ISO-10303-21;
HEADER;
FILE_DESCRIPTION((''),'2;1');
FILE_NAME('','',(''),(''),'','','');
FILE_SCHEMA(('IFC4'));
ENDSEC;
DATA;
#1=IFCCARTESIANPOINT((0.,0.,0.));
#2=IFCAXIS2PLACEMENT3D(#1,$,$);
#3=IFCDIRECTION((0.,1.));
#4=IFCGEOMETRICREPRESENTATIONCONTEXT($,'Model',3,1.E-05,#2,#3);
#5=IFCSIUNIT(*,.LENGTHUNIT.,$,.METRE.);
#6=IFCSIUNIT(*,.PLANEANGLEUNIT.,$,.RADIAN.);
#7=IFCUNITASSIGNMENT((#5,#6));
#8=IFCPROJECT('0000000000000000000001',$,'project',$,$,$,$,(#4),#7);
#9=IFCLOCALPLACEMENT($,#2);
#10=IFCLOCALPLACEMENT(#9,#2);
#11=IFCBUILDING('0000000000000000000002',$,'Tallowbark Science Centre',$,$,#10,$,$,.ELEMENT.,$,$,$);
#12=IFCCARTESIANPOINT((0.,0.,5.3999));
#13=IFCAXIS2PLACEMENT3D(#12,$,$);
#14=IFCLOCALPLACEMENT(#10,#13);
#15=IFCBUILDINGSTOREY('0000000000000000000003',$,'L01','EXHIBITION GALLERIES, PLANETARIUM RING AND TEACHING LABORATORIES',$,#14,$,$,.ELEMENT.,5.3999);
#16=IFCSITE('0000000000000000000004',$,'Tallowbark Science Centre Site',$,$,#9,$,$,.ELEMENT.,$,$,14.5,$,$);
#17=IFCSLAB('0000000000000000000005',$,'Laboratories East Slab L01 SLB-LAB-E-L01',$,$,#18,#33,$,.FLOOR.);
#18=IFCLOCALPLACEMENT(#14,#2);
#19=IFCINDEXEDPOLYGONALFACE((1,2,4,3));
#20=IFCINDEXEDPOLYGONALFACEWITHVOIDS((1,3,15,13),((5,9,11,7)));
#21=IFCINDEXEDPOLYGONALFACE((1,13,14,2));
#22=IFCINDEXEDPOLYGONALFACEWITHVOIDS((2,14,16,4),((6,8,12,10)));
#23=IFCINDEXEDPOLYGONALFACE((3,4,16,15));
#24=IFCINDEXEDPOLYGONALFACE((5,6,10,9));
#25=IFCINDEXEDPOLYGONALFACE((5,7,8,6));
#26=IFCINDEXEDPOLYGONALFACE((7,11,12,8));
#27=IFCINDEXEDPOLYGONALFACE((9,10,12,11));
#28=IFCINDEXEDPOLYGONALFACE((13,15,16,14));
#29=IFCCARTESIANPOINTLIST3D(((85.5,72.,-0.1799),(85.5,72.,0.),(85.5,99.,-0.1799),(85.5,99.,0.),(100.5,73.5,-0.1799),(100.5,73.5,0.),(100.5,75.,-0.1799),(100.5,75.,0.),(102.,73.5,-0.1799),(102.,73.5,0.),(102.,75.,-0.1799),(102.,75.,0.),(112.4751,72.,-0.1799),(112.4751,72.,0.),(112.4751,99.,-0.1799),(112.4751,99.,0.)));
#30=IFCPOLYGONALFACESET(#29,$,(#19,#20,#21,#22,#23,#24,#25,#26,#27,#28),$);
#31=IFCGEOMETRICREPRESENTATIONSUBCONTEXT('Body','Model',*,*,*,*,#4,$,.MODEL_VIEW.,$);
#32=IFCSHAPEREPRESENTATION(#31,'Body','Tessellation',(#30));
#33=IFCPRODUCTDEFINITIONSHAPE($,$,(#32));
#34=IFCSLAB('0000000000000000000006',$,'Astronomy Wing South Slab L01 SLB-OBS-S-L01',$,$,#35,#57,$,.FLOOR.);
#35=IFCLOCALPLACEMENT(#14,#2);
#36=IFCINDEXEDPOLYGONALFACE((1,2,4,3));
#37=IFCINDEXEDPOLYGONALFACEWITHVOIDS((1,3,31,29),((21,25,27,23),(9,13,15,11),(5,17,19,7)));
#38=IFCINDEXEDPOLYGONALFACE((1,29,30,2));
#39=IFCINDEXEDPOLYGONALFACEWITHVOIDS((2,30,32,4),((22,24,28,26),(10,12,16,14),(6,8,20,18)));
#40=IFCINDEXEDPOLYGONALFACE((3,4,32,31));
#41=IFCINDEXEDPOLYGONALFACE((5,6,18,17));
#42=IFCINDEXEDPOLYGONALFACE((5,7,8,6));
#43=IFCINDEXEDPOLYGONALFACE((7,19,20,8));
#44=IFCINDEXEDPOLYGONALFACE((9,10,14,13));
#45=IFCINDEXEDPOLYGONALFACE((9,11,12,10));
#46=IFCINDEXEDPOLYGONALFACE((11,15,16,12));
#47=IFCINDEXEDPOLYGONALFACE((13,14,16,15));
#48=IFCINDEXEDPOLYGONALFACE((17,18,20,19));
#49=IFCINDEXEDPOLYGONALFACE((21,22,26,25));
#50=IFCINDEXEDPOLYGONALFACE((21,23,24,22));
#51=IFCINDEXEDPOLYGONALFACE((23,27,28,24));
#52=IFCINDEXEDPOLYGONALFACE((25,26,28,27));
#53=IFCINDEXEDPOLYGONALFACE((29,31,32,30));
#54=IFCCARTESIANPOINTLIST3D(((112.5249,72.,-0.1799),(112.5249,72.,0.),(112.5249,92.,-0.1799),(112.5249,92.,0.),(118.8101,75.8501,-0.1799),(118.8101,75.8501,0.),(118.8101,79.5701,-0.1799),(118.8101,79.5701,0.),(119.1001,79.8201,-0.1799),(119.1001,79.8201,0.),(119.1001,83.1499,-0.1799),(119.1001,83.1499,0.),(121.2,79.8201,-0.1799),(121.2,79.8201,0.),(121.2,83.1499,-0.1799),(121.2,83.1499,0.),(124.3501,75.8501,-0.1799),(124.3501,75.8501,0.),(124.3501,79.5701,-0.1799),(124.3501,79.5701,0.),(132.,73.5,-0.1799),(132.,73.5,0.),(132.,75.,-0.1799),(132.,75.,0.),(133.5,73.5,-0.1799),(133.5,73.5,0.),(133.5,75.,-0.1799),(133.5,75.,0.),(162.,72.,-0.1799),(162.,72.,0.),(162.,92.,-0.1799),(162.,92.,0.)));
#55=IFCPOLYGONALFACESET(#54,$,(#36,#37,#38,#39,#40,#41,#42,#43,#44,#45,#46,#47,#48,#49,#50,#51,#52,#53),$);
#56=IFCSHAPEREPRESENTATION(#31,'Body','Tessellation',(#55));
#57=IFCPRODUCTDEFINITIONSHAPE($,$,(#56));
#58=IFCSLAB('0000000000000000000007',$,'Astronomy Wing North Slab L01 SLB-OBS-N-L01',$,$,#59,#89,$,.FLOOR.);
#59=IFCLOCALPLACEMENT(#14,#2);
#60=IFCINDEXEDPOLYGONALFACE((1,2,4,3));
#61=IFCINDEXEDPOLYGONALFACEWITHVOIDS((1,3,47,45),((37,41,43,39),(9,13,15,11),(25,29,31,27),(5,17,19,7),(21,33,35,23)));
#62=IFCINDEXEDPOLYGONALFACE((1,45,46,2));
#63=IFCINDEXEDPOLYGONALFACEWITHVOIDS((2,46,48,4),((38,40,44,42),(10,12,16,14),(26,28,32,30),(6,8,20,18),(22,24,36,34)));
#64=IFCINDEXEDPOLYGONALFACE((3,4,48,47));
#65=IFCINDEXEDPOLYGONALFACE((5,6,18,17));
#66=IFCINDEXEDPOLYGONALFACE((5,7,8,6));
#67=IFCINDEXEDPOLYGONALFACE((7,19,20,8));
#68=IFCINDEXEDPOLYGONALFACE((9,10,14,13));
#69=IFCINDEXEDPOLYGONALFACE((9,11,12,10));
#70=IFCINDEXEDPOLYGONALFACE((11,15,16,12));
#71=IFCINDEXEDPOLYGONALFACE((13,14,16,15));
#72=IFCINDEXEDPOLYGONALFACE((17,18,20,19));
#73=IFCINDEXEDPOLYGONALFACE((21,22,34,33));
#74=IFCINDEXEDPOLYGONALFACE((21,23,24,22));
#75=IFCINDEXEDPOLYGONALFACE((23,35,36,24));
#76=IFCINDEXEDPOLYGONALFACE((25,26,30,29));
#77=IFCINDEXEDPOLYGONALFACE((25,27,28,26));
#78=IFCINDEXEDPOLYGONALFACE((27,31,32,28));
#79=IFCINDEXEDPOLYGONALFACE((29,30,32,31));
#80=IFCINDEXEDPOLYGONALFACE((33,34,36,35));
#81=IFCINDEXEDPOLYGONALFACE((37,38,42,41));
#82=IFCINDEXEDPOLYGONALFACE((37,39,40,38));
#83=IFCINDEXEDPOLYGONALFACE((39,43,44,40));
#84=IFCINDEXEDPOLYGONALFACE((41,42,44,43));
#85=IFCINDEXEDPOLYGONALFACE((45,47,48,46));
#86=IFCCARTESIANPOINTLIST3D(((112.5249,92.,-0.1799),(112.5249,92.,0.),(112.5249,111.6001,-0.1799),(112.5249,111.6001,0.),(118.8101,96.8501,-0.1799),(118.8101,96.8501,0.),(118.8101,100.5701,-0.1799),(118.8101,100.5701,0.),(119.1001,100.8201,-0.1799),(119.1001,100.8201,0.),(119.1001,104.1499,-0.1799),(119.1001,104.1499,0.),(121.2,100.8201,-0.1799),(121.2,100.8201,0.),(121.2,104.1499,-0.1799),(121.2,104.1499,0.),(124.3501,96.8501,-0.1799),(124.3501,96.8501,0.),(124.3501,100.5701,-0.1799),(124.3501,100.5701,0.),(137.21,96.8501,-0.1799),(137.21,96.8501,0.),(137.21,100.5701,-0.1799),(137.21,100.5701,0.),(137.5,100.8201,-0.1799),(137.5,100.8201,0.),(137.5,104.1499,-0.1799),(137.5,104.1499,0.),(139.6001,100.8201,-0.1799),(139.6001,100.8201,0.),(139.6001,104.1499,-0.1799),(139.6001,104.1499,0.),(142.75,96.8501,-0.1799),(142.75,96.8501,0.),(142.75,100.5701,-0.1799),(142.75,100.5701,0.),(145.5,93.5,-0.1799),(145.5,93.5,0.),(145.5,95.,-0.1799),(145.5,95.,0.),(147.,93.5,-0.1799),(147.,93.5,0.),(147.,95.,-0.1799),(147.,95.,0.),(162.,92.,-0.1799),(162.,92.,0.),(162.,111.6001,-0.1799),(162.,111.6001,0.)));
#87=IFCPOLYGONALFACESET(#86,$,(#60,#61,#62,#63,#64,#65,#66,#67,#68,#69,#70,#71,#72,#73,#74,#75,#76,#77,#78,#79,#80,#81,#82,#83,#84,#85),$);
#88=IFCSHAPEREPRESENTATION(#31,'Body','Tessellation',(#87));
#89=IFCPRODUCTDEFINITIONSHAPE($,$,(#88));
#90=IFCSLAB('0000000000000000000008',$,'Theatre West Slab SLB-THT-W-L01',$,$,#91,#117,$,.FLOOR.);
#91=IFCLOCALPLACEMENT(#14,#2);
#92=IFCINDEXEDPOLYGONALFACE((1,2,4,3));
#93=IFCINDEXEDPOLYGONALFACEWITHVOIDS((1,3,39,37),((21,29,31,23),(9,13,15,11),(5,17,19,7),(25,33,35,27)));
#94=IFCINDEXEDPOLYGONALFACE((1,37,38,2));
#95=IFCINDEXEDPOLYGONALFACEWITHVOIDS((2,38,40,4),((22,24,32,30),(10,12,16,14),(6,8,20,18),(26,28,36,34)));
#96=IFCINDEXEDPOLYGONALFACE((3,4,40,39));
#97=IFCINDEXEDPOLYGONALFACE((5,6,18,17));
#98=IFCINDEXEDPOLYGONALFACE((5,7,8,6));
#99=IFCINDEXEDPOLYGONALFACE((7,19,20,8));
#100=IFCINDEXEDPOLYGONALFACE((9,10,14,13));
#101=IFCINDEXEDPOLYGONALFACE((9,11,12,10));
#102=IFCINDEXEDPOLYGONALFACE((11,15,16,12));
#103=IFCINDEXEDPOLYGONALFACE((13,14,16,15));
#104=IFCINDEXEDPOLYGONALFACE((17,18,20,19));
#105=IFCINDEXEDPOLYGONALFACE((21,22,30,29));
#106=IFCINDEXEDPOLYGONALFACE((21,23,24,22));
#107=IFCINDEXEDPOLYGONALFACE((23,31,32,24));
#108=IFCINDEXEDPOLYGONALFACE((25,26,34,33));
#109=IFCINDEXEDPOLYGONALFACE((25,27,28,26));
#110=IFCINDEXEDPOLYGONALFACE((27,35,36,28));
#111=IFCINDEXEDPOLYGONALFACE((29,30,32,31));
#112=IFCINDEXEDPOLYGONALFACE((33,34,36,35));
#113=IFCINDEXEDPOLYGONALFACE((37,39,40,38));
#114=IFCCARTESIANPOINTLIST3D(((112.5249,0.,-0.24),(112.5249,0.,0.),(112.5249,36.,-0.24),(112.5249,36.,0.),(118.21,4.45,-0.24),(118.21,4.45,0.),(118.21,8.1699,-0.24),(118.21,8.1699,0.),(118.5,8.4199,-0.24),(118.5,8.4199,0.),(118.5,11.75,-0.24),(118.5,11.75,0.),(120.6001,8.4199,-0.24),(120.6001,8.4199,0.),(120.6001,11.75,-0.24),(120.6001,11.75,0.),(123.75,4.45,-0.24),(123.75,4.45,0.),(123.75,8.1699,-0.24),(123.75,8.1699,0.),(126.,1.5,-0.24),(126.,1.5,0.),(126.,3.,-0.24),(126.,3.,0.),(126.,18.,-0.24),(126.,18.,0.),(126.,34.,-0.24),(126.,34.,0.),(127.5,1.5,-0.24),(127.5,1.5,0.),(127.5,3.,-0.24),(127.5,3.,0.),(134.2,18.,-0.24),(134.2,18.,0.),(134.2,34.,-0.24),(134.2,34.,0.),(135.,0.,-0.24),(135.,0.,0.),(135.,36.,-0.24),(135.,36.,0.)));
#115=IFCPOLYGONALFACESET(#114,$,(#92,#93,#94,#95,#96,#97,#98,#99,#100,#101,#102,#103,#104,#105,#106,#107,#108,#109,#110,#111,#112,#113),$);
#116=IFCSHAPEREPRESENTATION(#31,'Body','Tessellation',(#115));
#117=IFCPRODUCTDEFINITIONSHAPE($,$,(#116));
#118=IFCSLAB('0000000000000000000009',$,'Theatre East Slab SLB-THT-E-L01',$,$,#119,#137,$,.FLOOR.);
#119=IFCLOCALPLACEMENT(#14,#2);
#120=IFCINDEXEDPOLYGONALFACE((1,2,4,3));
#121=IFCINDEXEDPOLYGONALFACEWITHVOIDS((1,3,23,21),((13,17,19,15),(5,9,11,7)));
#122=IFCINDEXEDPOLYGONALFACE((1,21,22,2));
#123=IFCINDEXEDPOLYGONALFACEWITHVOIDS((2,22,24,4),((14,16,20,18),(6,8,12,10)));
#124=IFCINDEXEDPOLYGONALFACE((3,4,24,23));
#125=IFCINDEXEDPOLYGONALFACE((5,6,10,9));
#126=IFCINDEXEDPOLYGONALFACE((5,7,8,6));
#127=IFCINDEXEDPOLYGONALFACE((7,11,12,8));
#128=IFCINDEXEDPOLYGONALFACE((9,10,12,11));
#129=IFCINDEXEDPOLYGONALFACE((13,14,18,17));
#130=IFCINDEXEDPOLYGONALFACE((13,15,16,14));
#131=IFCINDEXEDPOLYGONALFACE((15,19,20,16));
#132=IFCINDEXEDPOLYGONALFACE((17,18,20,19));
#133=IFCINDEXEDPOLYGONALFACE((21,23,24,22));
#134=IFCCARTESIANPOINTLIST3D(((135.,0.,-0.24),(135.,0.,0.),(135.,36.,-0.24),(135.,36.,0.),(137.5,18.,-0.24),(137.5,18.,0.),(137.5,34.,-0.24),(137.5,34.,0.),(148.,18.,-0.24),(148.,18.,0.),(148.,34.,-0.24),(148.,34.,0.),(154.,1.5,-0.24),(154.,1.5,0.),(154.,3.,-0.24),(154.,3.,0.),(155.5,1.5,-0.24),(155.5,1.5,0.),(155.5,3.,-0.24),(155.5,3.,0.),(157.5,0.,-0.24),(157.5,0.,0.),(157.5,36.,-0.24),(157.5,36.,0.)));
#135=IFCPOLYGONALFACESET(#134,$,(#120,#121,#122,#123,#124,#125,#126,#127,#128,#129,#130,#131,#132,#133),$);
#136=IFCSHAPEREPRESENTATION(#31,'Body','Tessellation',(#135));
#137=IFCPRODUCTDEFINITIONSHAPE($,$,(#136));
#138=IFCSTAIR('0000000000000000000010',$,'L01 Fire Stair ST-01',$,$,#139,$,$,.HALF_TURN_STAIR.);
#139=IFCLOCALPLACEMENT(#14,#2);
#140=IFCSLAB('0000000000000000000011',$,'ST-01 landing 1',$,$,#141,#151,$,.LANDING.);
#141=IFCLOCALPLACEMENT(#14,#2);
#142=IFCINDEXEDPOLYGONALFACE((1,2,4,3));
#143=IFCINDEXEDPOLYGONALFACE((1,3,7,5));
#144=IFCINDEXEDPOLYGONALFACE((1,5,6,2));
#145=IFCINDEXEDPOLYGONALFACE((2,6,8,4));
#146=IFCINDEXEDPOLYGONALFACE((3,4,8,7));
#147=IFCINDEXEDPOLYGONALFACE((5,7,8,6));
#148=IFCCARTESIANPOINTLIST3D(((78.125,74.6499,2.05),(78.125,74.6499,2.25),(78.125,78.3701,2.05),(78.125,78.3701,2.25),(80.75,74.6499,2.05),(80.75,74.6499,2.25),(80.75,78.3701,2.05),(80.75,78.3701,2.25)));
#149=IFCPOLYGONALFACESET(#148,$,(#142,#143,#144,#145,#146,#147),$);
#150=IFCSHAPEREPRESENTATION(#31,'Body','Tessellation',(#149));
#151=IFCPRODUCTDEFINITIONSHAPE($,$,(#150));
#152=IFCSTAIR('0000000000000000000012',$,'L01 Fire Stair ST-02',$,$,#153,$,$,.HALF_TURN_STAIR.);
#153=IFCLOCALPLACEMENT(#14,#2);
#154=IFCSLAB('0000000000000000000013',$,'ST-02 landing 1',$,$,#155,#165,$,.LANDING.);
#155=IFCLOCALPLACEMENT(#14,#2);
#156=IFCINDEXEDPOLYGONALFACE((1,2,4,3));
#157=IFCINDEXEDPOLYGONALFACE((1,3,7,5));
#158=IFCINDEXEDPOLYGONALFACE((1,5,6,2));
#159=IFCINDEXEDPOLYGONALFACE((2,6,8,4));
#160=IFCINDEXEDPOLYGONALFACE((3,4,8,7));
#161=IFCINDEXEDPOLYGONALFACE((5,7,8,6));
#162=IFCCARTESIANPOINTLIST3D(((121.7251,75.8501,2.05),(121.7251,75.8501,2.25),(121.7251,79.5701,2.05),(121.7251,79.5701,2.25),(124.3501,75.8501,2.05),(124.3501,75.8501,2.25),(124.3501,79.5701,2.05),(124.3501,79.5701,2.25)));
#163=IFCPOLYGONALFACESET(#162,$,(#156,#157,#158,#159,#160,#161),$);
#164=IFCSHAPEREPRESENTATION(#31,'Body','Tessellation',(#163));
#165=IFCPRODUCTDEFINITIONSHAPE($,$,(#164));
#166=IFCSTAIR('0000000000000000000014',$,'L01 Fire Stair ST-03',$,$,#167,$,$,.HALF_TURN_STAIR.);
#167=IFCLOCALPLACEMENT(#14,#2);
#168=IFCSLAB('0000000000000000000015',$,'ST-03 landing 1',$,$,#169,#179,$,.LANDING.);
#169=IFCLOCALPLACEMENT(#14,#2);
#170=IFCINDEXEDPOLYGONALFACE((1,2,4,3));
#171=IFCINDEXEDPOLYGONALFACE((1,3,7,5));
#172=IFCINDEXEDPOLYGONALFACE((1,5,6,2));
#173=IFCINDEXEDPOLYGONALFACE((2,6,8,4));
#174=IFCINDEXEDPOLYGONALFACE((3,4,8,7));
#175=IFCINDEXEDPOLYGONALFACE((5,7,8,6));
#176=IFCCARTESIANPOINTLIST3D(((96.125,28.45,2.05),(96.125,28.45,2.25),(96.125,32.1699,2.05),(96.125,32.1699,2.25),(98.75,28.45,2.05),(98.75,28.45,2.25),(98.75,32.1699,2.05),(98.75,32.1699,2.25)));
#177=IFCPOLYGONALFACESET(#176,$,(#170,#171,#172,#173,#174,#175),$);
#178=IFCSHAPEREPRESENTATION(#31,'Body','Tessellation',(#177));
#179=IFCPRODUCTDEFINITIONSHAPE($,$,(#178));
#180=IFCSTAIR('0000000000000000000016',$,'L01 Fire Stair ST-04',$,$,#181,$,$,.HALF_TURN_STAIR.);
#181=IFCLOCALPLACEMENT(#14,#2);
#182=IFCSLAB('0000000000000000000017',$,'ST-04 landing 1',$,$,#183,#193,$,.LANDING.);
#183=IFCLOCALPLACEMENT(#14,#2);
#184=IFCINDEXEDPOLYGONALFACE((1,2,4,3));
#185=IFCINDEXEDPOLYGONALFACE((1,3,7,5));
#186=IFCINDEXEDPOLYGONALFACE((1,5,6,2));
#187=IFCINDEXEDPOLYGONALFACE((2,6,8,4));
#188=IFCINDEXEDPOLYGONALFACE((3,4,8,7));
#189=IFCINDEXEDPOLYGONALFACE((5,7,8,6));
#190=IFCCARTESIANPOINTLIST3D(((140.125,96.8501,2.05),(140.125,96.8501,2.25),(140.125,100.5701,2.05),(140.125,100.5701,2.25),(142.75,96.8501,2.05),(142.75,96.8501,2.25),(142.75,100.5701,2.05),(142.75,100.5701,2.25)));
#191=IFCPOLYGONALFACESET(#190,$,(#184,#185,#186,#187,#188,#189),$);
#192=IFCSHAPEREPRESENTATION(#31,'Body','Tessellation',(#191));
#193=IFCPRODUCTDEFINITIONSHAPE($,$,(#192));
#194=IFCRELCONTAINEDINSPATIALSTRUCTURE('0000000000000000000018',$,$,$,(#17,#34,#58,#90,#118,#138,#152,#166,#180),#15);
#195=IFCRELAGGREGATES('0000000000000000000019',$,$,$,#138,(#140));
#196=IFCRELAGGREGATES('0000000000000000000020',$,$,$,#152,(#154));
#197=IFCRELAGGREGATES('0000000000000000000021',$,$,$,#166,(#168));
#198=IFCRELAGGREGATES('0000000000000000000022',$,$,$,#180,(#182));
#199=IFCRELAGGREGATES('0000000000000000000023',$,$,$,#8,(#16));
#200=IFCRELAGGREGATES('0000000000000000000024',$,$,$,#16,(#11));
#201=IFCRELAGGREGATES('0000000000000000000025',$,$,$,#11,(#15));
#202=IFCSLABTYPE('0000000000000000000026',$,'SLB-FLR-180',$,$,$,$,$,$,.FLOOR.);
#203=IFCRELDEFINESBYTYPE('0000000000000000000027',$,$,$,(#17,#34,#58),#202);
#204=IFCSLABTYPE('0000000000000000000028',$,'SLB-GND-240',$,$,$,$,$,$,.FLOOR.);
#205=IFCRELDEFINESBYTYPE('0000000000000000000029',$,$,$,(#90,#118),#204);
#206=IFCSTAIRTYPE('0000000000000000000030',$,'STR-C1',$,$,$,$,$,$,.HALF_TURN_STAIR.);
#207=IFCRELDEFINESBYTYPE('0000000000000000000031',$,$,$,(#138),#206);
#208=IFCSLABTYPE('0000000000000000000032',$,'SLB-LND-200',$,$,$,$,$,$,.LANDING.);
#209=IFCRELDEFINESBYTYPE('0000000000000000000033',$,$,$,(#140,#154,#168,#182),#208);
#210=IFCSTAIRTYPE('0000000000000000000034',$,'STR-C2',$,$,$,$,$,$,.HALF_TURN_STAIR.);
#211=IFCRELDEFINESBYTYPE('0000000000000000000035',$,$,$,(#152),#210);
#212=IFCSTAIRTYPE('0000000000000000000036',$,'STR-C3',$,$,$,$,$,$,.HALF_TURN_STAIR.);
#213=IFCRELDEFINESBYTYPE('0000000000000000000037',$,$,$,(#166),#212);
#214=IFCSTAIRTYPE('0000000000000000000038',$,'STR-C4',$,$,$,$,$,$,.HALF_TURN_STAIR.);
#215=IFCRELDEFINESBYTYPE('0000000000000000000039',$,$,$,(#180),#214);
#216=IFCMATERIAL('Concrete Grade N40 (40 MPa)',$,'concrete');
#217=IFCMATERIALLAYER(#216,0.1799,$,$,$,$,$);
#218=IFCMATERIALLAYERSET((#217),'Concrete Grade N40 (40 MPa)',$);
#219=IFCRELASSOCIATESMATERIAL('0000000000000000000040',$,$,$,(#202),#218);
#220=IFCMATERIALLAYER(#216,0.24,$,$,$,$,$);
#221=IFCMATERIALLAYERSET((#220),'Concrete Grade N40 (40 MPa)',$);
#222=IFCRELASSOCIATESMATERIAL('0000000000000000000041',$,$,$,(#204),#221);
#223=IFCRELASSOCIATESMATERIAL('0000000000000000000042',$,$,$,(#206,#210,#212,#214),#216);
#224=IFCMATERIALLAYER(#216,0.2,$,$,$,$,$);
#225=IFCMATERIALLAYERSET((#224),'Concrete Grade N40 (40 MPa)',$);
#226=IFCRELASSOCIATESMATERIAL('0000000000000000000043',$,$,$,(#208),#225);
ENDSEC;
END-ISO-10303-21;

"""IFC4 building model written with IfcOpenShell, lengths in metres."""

from ifc_helpers import new_model, si_unit, direction, frame, origin, place, context, subcontext, project, spatial, polyline, outline, extrude, material, layer, layer_set, type_object, element, aggregate, save


model = new_model("IFC4")

# Units and contexts
model_context = context("Model", 3, precision=1e-05, world=origin(), true_north=direction((0.0, 1.0)))
body_context = subcontext(model_context, "Body", "Model", "MODEL_VIEW")
ifc_project = project(units=[si_unit("LENGTHUNIT", "METRE"), si_unit("PLANEANGLEUNIT", "RADIAN")], contexts=[model_context])

# Site, building, storey
site_placement = place(None, origin())
site = spatial("IfcSite", under=ifc_project, at=site_placement, Name="Tallowbark Science Centre Site", CompositionType="ELEMENT", RefElevation=14.5)
building_placement = place(site_placement, origin())
building = spatial("IfcBuilding", under=site, at=building_placement, Name="Tallowbark Science Centre", CompositionType="ELEMENT")
storey_placement = place(building_placement, frame((0.0, 0.0, 5.3999)))
storey = spatial("IfcBuildingStorey", under=building, at=storey_placement, Name="L01", Description="EXHIBITION GALLERIES, PLANETARIUM RING AND TEACHING LABORATORIES", CompositionType="ELEMENT", Elevation=5.3999)

# Slabs
ifc_material_1 = material(Name="Concrete Grade N40 (40 MPa)", Category="concrete")
ifc_layer_1 = layer(ifc_material_1, 0.1799)
ifc_layer_set_1 = layer_set([ifc_layer_1], Name="Concrete Grade N40 (40 MPa)")
slab_type_1 = type_object("IfcSlabType", Name="SLB-FLR-180", PredefinedType="FLOOR", material=ifc_layer_set_1)
slab_1_placement = place(storey_placement, frame((0.0, 0.0, -0.1799)))
element("IfcSlab", 1, at=slab_1_placement, inside=storey, type_object=slab_type_1, Name="Laboratories East Slab L01 SLB-LAB-E-L01", PredefinedType="FLOOR", context=body_context, shape_type="SweptSolid", body=[
    extrude(outline(polyline([(85.5, 72.0), (112.4751, 72.0), (112.4751, 99.0), (85.5, 99.0), (85.5, 72.0)]), holes=[polyline([(100.5, 73.5), (102.0, 73.5), (102.0, 75.0), (100.5, 75.0), (100.5, 73.5)])]), origin(), (0.0, 0.0, 1.0), 0.1799),
])
slab_2_placement = place(storey_placement, frame((0.0, 0.0, -0.1799)))
element("IfcSlab", 2, at=slab_2_placement, inside=storey, type_object=slab_type_1, Name="Astronomy Wing South Slab L01 SLB-OBS-S-L01", PredefinedType="FLOOR", context=body_context, shape_type="SweptSolid", body=[
    extrude(outline(polyline([(112.5249, 72.0), (162.0, 72.0), (162.0, 92.0), (112.5249, 92.0), (112.5249, 72.0)]), holes=[polyline([(118.8101, 75.8501), (124.3501, 75.8501), (124.3501, 79.5701), (118.8101, 79.5701), (118.8101, 75.8501)]), polyline([(119.1001, 79.8201), (121.2, 79.8201), (121.2, 83.1499), (119.1001, 83.1499), (119.1001, 79.8201)]), polyline([(132.0, 73.5), (133.5, 73.5), (133.5, 75.0), (132.0, 75.0), (132.0, 73.5)])]), origin(), (0.0, 0.0, 1.0), 0.1799),
])
slab_3_placement = place(storey_placement, frame((0.0, 0.0, -0.1799)))
element("IfcSlab", 3, at=slab_3_placement, inside=storey, type_object=slab_type_1, Name="Astronomy Wing North Slab L01 SLB-OBS-N-L01", PredefinedType="FLOOR", context=body_context, shape_type="SweptSolid", body=[
    extrude(outline(polyline([(112.5249, 92.0), (162.0, 92.0), (162.0, 111.6001), (112.5249, 111.6001), (112.5249, 92.0)]), holes=[polyline([(137.21, 96.8501), (142.75, 96.8501), (142.75, 100.5701), (137.21, 100.5701), (137.21, 96.8501)]), polyline([(118.8101, 96.8501), (124.3501, 96.8501), (124.3501, 100.5701), (118.8101, 100.5701), (118.8101, 96.8501)]), polyline([(137.5, 100.8201), (139.6001, 100.8201), (139.6001, 104.1499), (137.5, 104.1499), (137.5, 100.8201)]), polyline([(119.1001, 100.8201), (121.2, 100.8201), (121.2, 104.1499), (119.1001, 104.1499), (119.1001, 100.8201)]), polyline([(145.5, 93.5), (147.0, 93.5), (147.0, 95.0), (145.5, 95.0), (145.5, 93.5)])]), origin(), (0.0, 0.0, 1.0), 0.1799),
])
ifc_layer_2 = layer(ifc_material_1, 0.24)
ifc_layer_set_2 = layer_set([ifc_layer_2], Name="Concrete Grade N40 (40 MPa)")
slab_type_2 = type_object("IfcSlabType", Name="SLB-GND-240", PredefinedType="FLOOR", material=ifc_layer_set_2)
slab_4_placement = place(storey_placement, frame((0.0, 0.0, -0.24)))
element("IfcSlab", 4, at=slab_4_placement, inside=storey, type_object=slab_type_2, Name="Theatre West Slab SLB-THT-W-L01", PredefinedType="FLOOR", context=body_context, shape_type="SweptSolid", body=[
    extrude(outline(polyline([(112.5249, 0.0), (135.0, 0.0), (135.0, 36.0), (112.5249, 36.0), (112.5249, 0.0)]), holes=[polyline([(118.21, 4.45), (123.75, 4.45), (123.75, 8.1699), (118.21, 8.1699), (118.21, 4.45)]), polyline([(118.5, 8.4199), (120.6001, 8.4199), (120.6001, 11.75), (118.5, 11.75), (118.5, 8.4199)]), polyline([(126.0, 1.5), (127.5, 1.5), (127.5, 3.0), (126.0, 3.0), (126.0, 1.5)]), polyline([(126.0, 18.0), (134.2, 18.0), (134.2, 34.0), (126.0, 34.0), (126.0, 18.0)])]), origin(), (0.0, 0.0, 1.0), 0.24),
])
slab_5_placement = place(storey_placement, frame((0.0, 0.0, -0.24)))
element("IfcSlab", 5, at=slab_5_placement, inside=storey, type_object=slab_type_2, Name="Theatre East Slab SLB-THT-E-L01", PredefinedType="FLOOR", context=body_context, shape_type="SweptSolid", body=[
    extrude(outline(polyline([(135.0, 0.0), (157.5, 0.0), (157.5, 36.0), (135.0, 36.0), (135.0, 0.0)]), holes=[polyline([(154.0, 1.5), (155.5, 1.5), (155.5, 3.0), (154.0, 3.0), (154.0, 1.5)]), polyline([(137.5, 18.0), (148.0, 18.0), (148.0, 34.0), (137.5, 34.0), (137.5, 18.0)])]), origin(), (0.0, 0.0, 1.0), 0.24),
])

# Stairs, slabs
stair_type_1 = type_object("IfcStairType", Name="STR-C1", PredefinedType="HALF_TURN_STAIR", material=ifc_material_1)
stair_1_placement = place(storey_placement, origin())
stair_1 = element("IfcStair", 6, at=stair_1_placement, inside=storey, type_object=stair_type_1, Name="L01 Fire Stair ST-01", PredefinedType="HALF_TURN_STAIR")
ifc_layer_3 = layer(ifc_material_1, 0.2)
ifc_layer_set_3 = layer_set([ifc_layer_3], Name="Concrete Grade N40 (40 MPa)")
slab_type_3 = type_object("IfcSlabType", Name="SLB-LND-200", PredefinedType="LANDING", material=ifc_layer_set_3)
slab_6_placement = place(storey_placement, frame((0.0, 0.0, 2.05)))
slab_6 = element("IfcSlab", 7, at=slab_6_placement, type_object=slab_type_3, Name="ST-01 landing 1", PredefinedType="LANDING", context=body_context, shape_type="SweptSolid", body=[
    extrude(outline(polyline([(78.125, 74.6499), (80.75, 74.6499), (80.75, 78.3701), (78.125, 78.3701), (78.125, 74.6499)])), origin(), (0.0, 0.0, 1.0), 0.2),
])
aggregate(stair_1, [slab_6])
stair_type_2 = type_object("IfcStairType", Name="STR-C2", PredefinedType="HALF_TURN_STAIR", material=ifc_material_1)
stair_2_placement = place(storey_placement, origin())
stair_2 = element("IfcStair", 8, at=stair_2_placement, inside=storey, type_object=stair_type_2, Name="L01 Fire Stair ST-02", PredefinedType="HALF_TURN_STAIR")
slab_7_placement = place(storey_placement, frame((0.0, 0.0, 2.05)))
slab_7 = element("IfcSlab", 9, at=slab_7_placement, type_object=slab_type_3, Name="ST-02 landing 1", PredefinedType="LANDING", context=body_context, shape_type="SweptSolid", body=[
    extrude(outline(polyline([(121.7251, 75.8501), (124.3501, 75.8501), (124.3501, 79.5701), (121.7251, 79.5701), (121.7251, 75.8501)])), origin(), (0.0, 0.0, 1.0), 0.2),
])
aggregate(stair_2, [slab_7])
stair_type_3 = type_object("IfcStairType", Name="STR-C3", PredefinedType="HALF_TURN_STAIR", material=ifc_material_1)
stair_3_placement = place(storey_placement, origin())
stair_3 = element("IfcStair", 10, at=stair_3_placement, inside=storey, type_object=stair_type_3, Name="L01 Fire Stair ST-03", PredefinedType="HALF_TURN_STAIR")
slab_8_placement = place(storey_placement, frame((0.0, 0.0, 2.05)))
slab_8 = element("IfcSlab", 11, at=slab_8_placement, type_object=slab_type_3, Name="ST-03 landing 1", PredefinedType="LANDING", context=body_context, shape_type="SweptSolid", body=[
    extrude(outline(polyline([(96.125, 28.45), (98.75, 28.45), (98.75, 32.1699), (96.125, 32.1699), (96.125, 28.45)])), origin(), (0.0, 0.0, 1.0), 0.2),
])
aggregate(stair_3, [slab_8])
stair_type_4 = type_object("IfcStairType", Name="STR-C4", PredefinedType="HALF_TURN_STAIR", material=ifc_material_1)
stair_4_placement = place(storey_placement, origin())
stair_4 = element("IfcStair", 12, at=stair_4_placement, inside=storey, type_object=stair_type_4, Name="L01 Fire Stair ST-04", PredefinedType="HALF_TURN_STAIR")
slab_9_placement = place(storey_placement, frame((0.0, 0.0, 2.05)))
slab_9 = element("IfcSlab", 13, at=slab_9_placement, type_object=slab_type_3, Name="ST-04 landing 1", PredefinedType="LANDING", context=body_context, shape_type="SweptSolid", body=[
    extrude(outline(polyline([(140.125, 96.8501), (142.75, 96.8501), (142.75, 100.5701), (140.125, 100.5701), (140.125, 96.8501)])), origin(), (0.0, 0.0, 1.0), 0.2),
])
aggregate(stair_4, [slab_9])

save(model, "model.ifc")
